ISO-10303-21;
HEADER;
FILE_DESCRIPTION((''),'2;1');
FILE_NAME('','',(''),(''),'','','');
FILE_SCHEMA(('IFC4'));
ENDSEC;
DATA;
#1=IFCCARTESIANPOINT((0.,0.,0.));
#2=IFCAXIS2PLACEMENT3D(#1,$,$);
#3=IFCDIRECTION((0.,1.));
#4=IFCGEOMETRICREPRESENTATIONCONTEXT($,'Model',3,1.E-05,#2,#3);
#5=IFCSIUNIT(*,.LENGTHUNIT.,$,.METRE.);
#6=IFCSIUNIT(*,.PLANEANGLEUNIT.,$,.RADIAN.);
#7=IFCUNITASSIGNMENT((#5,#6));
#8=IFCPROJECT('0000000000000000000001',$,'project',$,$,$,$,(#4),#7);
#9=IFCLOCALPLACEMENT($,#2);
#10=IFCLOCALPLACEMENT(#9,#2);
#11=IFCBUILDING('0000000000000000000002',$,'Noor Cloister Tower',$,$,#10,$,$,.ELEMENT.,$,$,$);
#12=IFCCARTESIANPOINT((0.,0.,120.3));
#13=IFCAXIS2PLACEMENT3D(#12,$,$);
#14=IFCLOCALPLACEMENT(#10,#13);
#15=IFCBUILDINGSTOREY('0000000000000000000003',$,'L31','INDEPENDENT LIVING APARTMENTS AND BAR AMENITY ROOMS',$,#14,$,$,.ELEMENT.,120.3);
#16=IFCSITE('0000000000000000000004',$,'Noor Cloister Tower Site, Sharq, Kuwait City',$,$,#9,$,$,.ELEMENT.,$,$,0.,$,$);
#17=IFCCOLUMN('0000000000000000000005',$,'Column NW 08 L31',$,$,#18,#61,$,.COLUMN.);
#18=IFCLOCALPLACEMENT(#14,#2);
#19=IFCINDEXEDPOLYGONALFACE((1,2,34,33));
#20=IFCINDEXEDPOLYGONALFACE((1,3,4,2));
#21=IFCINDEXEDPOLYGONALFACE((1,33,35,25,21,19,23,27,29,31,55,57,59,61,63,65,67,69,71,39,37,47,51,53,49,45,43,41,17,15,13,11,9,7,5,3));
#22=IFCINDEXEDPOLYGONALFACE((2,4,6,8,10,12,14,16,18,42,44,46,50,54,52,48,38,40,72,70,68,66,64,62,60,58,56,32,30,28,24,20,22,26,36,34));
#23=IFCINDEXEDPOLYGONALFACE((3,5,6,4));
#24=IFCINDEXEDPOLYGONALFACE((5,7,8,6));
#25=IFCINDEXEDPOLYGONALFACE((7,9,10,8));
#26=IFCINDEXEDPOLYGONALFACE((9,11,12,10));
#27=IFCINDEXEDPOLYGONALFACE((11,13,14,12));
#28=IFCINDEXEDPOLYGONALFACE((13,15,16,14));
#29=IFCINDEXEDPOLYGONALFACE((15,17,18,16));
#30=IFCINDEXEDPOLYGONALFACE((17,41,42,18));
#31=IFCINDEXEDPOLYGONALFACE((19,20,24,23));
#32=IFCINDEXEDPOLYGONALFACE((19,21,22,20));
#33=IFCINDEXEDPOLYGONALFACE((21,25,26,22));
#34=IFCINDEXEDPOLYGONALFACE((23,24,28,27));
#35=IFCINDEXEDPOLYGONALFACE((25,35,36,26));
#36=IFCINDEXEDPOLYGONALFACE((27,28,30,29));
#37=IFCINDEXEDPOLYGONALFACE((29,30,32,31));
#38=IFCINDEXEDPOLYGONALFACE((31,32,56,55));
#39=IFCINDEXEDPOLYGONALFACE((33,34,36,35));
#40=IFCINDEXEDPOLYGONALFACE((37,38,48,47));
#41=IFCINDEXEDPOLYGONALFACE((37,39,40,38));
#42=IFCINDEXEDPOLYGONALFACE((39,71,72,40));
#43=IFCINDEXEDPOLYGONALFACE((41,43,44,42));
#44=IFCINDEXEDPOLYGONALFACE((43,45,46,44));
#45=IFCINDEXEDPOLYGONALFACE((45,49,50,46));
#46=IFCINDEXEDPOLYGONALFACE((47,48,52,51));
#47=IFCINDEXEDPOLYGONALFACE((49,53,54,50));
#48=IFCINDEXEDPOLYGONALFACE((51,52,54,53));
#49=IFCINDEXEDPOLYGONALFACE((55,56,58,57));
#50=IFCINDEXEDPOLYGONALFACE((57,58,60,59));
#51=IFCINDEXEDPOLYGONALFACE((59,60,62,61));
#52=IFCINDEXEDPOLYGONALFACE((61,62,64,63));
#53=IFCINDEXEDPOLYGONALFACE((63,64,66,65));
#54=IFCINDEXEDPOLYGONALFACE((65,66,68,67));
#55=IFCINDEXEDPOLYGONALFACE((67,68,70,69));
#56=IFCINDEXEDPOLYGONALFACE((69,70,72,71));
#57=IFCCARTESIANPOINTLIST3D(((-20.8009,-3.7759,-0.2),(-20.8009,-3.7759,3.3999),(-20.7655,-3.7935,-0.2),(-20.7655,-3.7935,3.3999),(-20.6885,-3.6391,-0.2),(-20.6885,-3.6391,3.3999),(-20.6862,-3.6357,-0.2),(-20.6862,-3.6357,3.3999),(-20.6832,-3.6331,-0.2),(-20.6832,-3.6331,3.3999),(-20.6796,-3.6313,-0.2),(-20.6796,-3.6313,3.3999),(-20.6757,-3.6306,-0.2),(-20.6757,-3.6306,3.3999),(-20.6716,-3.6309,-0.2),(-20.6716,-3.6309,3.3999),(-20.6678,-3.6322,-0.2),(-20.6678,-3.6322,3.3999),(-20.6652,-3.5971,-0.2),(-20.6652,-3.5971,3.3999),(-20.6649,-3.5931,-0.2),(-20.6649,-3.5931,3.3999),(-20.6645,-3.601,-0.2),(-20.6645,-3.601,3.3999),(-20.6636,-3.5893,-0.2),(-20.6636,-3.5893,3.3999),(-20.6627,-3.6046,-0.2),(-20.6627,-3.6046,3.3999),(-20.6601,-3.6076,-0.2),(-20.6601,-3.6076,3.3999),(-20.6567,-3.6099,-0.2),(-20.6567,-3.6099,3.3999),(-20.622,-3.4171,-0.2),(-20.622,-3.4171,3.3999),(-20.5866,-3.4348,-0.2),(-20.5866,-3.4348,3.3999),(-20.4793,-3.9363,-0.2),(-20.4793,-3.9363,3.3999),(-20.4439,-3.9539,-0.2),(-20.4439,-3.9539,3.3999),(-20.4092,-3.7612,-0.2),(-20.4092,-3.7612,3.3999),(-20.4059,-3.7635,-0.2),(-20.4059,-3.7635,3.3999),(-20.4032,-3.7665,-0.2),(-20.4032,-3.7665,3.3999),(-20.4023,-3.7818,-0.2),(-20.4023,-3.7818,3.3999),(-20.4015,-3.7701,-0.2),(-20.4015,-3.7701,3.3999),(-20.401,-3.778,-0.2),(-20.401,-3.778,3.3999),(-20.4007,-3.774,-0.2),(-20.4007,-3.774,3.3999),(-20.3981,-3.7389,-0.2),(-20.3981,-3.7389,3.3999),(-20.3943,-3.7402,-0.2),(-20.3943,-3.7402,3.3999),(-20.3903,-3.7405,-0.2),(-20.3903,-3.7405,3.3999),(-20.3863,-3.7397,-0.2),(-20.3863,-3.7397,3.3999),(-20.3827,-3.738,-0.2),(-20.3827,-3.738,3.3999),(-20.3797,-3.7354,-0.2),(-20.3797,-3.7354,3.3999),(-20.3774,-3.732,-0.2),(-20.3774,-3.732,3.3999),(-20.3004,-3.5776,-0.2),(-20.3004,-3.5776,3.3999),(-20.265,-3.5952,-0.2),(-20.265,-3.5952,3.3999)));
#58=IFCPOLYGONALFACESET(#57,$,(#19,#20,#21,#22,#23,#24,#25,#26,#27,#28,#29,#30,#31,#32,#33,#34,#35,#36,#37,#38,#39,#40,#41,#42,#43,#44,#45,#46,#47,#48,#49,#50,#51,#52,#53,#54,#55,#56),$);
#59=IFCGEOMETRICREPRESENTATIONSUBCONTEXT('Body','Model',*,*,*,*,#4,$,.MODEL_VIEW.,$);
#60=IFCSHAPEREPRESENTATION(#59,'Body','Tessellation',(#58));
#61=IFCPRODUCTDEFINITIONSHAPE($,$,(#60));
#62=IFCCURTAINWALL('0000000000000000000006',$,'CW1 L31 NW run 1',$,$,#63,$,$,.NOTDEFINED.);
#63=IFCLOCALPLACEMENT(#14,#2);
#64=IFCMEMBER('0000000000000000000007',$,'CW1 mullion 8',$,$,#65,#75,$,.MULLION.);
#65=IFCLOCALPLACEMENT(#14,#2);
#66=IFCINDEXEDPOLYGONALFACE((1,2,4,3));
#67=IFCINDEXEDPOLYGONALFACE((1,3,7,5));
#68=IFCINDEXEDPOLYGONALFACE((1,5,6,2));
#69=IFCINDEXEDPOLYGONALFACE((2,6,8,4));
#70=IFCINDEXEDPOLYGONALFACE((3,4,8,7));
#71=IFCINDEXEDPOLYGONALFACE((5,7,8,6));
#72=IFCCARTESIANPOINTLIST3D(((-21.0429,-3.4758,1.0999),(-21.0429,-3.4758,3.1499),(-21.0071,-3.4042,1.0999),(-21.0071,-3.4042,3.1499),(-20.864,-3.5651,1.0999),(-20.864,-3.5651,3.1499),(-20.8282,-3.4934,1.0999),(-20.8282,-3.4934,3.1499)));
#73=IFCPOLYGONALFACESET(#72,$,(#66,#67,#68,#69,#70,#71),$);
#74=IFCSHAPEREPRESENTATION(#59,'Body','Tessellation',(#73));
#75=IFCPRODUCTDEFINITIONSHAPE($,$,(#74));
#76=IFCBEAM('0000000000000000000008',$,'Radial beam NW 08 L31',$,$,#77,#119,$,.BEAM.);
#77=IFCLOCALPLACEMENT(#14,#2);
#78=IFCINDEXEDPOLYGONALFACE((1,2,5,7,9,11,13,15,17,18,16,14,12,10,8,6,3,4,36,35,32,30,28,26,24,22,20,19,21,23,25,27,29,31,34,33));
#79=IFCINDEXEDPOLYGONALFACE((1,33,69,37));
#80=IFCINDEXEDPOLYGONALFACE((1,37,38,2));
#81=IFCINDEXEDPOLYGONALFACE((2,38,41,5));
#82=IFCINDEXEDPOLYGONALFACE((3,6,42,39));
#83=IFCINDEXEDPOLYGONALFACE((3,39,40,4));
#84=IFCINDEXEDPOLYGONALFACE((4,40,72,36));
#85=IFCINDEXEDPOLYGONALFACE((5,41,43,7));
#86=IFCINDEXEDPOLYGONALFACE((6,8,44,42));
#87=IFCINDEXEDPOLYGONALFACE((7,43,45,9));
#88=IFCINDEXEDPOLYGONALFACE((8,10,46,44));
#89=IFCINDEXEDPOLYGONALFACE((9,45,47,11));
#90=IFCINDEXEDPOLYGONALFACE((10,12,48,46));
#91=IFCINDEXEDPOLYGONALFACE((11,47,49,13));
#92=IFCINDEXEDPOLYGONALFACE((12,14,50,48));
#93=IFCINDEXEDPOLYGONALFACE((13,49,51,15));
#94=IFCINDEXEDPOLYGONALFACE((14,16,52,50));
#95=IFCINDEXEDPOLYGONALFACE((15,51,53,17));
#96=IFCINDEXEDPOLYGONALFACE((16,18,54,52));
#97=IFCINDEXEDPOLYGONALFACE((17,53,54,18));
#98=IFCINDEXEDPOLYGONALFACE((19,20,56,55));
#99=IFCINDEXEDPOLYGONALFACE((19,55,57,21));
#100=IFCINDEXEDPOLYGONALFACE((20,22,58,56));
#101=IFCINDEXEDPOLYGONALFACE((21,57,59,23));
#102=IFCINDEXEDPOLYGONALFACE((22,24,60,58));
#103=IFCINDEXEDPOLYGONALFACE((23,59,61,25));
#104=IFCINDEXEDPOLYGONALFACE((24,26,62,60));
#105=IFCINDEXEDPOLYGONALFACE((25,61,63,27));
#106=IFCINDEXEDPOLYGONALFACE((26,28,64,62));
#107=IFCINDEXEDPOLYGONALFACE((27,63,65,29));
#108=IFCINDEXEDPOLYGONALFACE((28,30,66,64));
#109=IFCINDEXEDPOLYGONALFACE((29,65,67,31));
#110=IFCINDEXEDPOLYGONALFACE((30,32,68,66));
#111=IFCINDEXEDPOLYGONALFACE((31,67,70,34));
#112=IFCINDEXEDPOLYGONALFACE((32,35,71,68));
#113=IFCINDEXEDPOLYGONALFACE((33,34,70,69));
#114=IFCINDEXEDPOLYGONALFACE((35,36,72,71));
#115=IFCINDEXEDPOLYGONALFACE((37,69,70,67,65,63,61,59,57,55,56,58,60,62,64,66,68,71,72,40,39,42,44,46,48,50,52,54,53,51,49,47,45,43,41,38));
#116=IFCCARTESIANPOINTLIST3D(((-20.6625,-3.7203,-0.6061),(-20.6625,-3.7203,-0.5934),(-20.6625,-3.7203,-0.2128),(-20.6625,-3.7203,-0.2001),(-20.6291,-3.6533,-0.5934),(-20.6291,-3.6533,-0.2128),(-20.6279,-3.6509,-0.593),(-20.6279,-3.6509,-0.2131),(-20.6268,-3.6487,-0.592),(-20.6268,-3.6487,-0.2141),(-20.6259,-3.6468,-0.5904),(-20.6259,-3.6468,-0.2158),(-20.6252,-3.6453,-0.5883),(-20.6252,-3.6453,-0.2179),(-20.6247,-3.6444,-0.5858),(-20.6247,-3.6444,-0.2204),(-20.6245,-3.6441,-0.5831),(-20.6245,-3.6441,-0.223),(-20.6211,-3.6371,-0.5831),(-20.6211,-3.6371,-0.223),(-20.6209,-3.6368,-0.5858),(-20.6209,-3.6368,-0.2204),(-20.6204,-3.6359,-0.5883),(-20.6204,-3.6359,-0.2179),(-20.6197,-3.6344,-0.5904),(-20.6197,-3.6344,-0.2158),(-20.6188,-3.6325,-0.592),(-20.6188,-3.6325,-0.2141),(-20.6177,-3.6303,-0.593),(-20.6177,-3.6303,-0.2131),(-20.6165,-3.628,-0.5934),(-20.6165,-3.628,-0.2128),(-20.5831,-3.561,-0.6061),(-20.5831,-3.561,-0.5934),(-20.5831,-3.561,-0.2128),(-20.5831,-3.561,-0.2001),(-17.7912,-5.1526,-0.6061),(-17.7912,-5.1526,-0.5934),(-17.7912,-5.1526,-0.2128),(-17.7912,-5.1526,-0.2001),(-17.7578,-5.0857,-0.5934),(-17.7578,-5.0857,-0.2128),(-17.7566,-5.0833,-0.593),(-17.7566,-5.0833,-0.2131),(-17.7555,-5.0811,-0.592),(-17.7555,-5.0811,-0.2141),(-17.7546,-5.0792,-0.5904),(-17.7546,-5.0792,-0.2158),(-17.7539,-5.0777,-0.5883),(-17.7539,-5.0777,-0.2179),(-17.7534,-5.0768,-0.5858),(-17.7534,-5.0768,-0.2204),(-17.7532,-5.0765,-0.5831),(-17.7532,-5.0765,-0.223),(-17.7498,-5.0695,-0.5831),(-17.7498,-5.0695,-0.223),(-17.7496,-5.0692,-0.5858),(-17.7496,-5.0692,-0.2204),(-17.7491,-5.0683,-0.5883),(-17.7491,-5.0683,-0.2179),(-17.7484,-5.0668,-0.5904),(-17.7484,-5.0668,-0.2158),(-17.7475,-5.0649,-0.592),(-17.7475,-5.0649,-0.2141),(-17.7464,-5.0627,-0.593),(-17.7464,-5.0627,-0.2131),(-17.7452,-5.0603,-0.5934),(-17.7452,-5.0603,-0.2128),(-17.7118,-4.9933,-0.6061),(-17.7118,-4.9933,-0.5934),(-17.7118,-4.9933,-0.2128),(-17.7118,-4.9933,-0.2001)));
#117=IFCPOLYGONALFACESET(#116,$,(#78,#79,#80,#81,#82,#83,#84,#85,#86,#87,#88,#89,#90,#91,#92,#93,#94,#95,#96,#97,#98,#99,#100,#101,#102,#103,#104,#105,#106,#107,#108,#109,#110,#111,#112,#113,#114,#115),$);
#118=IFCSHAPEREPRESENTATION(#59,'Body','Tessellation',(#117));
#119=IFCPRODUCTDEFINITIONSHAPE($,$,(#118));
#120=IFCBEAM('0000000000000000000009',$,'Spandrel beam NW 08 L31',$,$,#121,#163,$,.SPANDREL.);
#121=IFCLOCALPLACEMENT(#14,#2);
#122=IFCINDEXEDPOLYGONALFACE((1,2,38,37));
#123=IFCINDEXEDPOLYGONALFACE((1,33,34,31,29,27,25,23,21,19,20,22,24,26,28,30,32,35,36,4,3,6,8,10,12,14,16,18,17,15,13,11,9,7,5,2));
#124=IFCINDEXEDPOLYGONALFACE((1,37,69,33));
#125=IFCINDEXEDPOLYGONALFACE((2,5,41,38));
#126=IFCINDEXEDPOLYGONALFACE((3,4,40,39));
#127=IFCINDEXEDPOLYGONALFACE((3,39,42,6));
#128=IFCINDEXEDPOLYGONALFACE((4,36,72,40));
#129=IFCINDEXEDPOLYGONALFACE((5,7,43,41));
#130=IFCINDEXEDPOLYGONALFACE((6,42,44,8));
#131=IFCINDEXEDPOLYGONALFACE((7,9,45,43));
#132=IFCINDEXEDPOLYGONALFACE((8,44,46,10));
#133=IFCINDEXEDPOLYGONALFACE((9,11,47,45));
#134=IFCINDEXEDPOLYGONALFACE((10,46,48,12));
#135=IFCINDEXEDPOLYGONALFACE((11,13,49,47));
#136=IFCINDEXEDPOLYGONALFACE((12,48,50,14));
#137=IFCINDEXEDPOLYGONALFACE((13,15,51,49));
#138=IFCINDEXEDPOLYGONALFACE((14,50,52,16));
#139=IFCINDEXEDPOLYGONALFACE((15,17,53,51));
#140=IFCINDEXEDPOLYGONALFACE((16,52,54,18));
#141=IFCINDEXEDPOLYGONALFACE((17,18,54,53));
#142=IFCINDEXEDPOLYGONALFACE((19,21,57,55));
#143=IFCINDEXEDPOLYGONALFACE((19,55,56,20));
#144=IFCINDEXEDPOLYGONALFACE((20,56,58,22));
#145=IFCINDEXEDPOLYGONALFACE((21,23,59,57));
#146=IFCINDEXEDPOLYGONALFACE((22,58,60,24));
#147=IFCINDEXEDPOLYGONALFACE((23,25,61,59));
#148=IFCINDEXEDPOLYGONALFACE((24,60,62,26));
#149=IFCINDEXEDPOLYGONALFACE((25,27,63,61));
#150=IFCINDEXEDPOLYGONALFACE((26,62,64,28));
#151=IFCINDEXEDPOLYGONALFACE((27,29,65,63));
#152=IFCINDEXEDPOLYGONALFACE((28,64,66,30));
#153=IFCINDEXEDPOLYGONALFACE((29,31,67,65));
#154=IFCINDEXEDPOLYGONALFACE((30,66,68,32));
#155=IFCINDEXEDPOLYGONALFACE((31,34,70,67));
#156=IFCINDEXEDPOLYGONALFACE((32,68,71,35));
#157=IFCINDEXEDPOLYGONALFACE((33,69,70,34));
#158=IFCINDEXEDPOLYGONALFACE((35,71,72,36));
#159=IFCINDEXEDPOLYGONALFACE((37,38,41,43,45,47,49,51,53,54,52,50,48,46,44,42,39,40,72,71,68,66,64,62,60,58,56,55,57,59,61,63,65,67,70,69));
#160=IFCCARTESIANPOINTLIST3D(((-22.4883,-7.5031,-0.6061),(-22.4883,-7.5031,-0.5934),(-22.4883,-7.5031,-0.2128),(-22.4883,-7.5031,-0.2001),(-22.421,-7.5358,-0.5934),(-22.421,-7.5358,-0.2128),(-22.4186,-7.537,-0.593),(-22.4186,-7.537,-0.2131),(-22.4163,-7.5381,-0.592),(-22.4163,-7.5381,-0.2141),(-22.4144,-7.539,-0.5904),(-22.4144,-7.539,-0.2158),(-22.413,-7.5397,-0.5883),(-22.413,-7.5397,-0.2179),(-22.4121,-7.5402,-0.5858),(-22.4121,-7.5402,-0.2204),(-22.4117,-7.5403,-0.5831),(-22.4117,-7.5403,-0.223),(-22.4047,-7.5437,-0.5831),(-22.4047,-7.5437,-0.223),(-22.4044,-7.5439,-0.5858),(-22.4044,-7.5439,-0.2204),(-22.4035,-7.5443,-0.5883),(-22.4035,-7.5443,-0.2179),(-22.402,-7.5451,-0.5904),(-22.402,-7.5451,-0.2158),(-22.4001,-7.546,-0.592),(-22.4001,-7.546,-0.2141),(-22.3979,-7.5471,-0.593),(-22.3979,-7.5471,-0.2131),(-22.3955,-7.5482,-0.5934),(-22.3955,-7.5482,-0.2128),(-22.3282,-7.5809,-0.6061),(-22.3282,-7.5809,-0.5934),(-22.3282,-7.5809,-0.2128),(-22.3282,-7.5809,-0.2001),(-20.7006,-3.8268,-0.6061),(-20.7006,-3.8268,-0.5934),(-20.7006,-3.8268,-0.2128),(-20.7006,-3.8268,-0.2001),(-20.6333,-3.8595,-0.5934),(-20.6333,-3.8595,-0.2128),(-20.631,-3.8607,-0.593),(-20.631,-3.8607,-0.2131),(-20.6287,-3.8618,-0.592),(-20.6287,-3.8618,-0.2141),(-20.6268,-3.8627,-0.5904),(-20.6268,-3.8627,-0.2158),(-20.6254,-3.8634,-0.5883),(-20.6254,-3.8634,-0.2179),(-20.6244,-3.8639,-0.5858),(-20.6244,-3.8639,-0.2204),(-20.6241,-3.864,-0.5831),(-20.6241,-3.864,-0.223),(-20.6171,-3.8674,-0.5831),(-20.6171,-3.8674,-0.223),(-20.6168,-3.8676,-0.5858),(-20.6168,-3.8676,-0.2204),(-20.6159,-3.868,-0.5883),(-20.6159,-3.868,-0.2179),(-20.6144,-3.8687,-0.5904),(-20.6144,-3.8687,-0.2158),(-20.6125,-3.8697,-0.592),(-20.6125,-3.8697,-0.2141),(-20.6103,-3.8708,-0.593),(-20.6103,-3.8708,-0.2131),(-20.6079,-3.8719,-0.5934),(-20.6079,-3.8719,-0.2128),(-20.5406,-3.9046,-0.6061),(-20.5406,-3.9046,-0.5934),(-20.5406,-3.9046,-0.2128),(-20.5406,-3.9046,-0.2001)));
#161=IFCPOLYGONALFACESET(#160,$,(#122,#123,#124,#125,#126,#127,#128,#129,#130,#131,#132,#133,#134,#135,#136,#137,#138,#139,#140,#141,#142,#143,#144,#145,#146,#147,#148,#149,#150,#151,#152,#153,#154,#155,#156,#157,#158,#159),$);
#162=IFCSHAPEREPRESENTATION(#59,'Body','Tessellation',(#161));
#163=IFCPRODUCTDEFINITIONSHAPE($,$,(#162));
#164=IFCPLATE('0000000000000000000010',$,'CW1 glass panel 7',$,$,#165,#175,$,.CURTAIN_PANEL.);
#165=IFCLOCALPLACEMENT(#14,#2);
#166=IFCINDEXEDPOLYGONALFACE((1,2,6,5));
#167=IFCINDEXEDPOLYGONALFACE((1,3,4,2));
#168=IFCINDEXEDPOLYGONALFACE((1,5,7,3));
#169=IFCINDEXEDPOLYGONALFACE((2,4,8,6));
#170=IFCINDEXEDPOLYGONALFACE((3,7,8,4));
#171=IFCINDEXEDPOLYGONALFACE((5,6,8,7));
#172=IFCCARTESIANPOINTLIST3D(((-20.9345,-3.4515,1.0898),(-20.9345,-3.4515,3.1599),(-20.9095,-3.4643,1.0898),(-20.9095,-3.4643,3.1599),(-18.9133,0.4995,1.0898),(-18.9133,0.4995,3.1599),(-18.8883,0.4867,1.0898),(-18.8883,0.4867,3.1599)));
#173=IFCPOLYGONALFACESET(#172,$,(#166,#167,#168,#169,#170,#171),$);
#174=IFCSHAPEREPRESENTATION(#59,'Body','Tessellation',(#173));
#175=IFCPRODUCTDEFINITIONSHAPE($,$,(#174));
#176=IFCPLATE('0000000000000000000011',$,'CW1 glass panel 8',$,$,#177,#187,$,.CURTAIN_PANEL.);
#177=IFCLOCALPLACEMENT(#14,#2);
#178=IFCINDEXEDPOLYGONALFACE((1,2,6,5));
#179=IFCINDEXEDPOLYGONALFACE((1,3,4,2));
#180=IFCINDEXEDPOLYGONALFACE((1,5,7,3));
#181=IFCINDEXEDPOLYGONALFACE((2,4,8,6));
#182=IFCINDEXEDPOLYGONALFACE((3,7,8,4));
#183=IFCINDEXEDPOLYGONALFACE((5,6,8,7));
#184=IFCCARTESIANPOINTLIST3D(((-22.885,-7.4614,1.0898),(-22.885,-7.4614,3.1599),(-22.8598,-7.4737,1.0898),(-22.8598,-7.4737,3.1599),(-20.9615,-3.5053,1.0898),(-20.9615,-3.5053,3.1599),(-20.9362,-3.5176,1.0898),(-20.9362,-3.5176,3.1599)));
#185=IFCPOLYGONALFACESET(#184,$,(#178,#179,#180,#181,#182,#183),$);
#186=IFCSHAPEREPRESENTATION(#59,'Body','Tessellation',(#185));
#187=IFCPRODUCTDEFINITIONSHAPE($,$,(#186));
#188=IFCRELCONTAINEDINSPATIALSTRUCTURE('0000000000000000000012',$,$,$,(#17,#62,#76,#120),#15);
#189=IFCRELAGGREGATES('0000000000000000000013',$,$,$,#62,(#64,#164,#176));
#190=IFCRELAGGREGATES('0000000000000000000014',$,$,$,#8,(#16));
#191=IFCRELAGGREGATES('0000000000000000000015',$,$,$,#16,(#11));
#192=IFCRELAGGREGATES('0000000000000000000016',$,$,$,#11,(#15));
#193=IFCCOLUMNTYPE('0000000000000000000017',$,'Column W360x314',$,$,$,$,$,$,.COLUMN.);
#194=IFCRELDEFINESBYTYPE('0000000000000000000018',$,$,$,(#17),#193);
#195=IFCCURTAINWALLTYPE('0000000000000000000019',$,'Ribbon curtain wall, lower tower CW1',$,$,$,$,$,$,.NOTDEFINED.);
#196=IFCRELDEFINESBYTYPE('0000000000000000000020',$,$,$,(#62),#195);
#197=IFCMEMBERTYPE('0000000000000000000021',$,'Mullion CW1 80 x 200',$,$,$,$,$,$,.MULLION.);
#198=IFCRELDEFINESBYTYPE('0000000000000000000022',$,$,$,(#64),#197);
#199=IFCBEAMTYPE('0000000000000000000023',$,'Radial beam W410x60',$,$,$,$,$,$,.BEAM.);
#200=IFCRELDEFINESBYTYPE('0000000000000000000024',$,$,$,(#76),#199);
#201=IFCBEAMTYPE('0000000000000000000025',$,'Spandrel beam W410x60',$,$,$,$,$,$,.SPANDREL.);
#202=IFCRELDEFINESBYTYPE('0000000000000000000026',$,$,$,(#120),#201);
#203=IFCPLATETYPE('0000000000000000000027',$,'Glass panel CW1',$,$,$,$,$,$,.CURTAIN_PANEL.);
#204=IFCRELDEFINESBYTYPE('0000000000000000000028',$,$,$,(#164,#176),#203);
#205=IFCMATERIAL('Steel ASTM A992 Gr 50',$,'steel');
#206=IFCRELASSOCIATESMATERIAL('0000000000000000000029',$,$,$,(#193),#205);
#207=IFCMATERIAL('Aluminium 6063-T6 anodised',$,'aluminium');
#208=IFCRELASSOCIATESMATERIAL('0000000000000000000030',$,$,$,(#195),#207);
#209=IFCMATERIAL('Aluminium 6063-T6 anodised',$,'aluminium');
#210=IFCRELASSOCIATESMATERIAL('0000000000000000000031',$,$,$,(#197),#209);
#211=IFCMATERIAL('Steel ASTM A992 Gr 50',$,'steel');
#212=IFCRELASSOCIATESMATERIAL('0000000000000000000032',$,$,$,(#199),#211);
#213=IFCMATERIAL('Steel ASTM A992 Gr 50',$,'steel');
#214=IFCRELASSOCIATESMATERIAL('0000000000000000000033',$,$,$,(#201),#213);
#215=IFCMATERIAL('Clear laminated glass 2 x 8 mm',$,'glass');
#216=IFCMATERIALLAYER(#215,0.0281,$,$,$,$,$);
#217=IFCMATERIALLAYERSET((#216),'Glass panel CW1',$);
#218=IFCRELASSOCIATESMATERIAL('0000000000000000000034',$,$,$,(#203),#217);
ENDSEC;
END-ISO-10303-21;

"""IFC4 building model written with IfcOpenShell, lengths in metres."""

from ifc_helpers import new_model, si_unit, direction, frame, origin, origin_2d, place, context, subcontext, project, spatial, rectangle, i_section, extrude, material, layer, layer_set, material_profile, profile_set, type_object, element, aggregate, save


model = new_model("IFC4")

# Units and contexts
model_context = context("Model", 3, precision=1e-05, world=origin(), true_north=direction((0.0, 1.0)))
body_context = subcontext(model_context, "Body", "Model", "MODEL_VIEW")
ifc_project = project(units=[si_unit("LENGTHUNIT", "METRE"), si_unit("PLANEANGLEUNIT", "RADIAN")], contexts=[model_context])

# Site, building, storey
site_placement = place(None, origin())
site = spatial("IfcSite", under=ifc_project, at=site_placement, Name="Noor Cloister Tower Site, Sharq, Kuwait City", CompositionType="ELEMENT", RefElevation=0.0)
building_placement = place(site_placement, origin())
building = spatial("IfcBuilding", under=site, at=building_placement, Name="Noor Cloister Tower", CompositionType="ELEMENT")
storey_placement = place(building_placement, frame((0.0, 0.0, 120.3)))
storey = spatial("IfcBuildingStorey", under=building, at=storey_placement, Name="L31", Description="INDEPENDENT LIVING APARTMENTS AND BAR AMENITY ROOMS", CompositionType="ELEMENT", Elevation=120.3)

# Column
ifc_material_1 = material(Name="Steel ASTM A992 Gr 50", Category="steel")
ifc_material_profile_1 = material_profile(ifc_material_1, i_section(OverallWidth=0.4009, OverallDepth=0.3989, WebThickness=0.0249, FlangeThickness=0.0396, FilletRadius=0.0154, at=origin_2d()), Name="W360x314")
ifc_profile_set_1 = profile_set([ifc_material_profile_1], Name="Steel ASTM A992 Gr 50")
column_type = type_object("IfcColumnType", Name="Column W360x314", PredefinedType="COLUMN", material=ifc_profile_set_1)
column_placement = place(storey_placement, frame((-20.533, -3.6855, -0.2), z_axis=(0.0, 0.0, 1.0), x_axis=(-0.446379, -0.894844, 0.0)))
element("IfcColumn", 1, at=column_placement, inside=storey, type_object=column_type, Name="Column NW 08 L31", PredefinedType="COLUMN", context=body_context, shape_type="SweptSolid", body=[
    extrude(i_section(OverallWidth=0.4009, OverallDepth=0.3989, WebThickness=0.0249, FlangeThickness=0.0396, FilletRadius=0.0154, at=origin_2d()), origin(), (0.0, 0.0, 1.0), 3.5999),
])

# Curtain wall, member
ifc_material_2 = material(Name="Aluminium 6063-T6 anodised", Category="aluminium")
curtain_wall_type = type_object("IfcCurtainWallType", Name="Ribbon curtain wall, lower tower CW1", PredefinedType="NOTDEFINED", material=ifc_material_2)
curtain_wall_placement = place(storey_placement, origin())
curtain_wall = element("IfcCurtainWall", 2, at=curtain_wall_placement, inside=storey, type_object=curtain_wall_type, Name="CW1 L31 NW run 1", PredefinedType="NOTDEFINED")
ifc_material_3 = material(Name="Aluminium 6063-T6 anodised", Category="aluminium")
ifc_material_profile_2 = material_profile(ifc_material_3, rectangle(XDim=0.2, YDim=0.0801, at=origin_2d()), Name="200 x 80 mullion")
ifc_profile_set_2 = profile_set([ifc_material_profile_2], Name="Aluminium 6063-T6 anodised")
member_type = type_object("IfcMemberType", Name="Mullion CW1 80 x 200", PredefinedType="MULLION", material=ifc_profile_set_2)
member_placement = place(storey_placement, frame((-20.9355, -3.4846, 1.0999), z_axis=(0.0, 0.0, 1.0), x_axis=(0.894844, -0.446379, 0.0)))
member = element("IfcMember", 3, at=member_placement, type_object=member_type, Name="CW1 mullion 8", PredefinedType="MULLION", context=body_context, shape_type="SweptSolid", body=[
    extrude(rectangle(XDim=0.2, YDim=0.0801, at=origin_2d()), origin(), (0.0, 0.0, 1.0), 2.05),
])

# Beams
ifc_material_4 = material(Name="Steel ASTM A992 Gr 50", Category="steel")
ifc_material_profile_3 = material_profile(ifc_material_4, i_section(OverallWidth=0.178, OverallDepth=0.406, WebThickness=0.0078, FlangeThickness=0.0127, FilletRadius=0.0103, at=origin_2d()), Name="W410x60")
ifc_profile_set_3 = profile_set([ifc_material_profile_3], Name="Steel ASTM A992 Gr 50")
beam_type_1 = type_object("IfcBeamType", Name="Radial beam W410x60", PredefinedType="BEAM", material=ifc_profile_set_3)
beam_1_placement = place(storey_placement, frame((-20.6228, -3.6406, -0.4031), z_axis=(0.894838, -0.446392, 0.0), x_axis=(0.446392, 0.894838, 0.0)))
element("IfcBeam", 4, at=beam_1_placement, inside=storey, type_object=beam_type_1, Name="Radial beam NW 08 L31", PredefinedType="BEAM", context=body_context, shape_type="SweptSolid", body=[
    extrude(i_section(OverallWidth=0.178, OverallDepth=0.406, WebThickness=0.0078, FlangeThickness=0.0127, FilletRadius=0.0103, at=origin_2d()), origin(), (0.0, 0.0, 1.0), 3.2087),
])
ifc_material_5 = material(Name="Steel ASTM A992 Gr 50", Category="steel")
ifc_material_profile_4 = material_profile(ifc_material_5, i_section(OverallWidth=0.178, OverallDepth=0.406, WebThickness=0.0078, FlangeThickness=0.0127, FilletRadius=0.0103, at=origin_2d()), Name="W410x60")
ifc_profile_set_4 = profile_set([ifc_material_profile_4], Name="Steel ASTM A992 Gr 50")
beam_type_2 = type_object("IfcBeamType", Name="Spandrel beam W410x60", PredefinedType="SPANDREL", material=ifc_profile_set_4)
beam_2_placement = place(storey_placement, frame((-20.6206, -3.8657, -0.4031), z_axis=(-0.437296, -0.899318, 0.0), x_axis=(0.899318, -0.437296, 0.0)))
element("IfcBeam", 5, at=beam_2_placement, inside=storey, type_object=beam_type_2, Name="Spandrel beam NW 08 L31", PredefinedType="SPANDREL", context=body_context, shape_type="SweptSolid", body=[
    extrude(i_section(OverallWidth=0.178, OverallDepth=0.406, WebThickness=0.0078, FlangeThickness=0.0127, FilletRadius=0.0103, at=origin_2d()), origin(), (0.0, 0.0, 1.0), 4.0879),
])

# Plates
ifc_material_6 = material(Name="Clear laminated glass 2 x 8 mm", Category="glass")
ifc_layer_1 = layer(ifc_material_6, 0.0281)
ifc_layer_set_1 = layer_set([ifc_layer_1], Name="Glass panel CW1")
plate_type = type_object("IfcPlateType", Name="Glass panel CW1", PredefinedType="CURTAIN_PANEL", material=ifc_layer_set_1)
plate_1_placement = place(storey_placement, frame((-19.9114, -1.4824, 1.0898), z_axis=(0.0, 0.0, 1.0), x_axis=(-0.455436, -0.890269, 0.0)))
plate_1 = element("IfcPlate", 6, at=plate_1_placement, type_object=plate_type, Name="CW1 glass panel 7", PredefinedType="CURTAIN_PANEL", context=body_context, shape_type="SweptSolid", body=[
    extrude(rectangle(XDim=4.438, YDim=0.0281, at=origin_2d()), origin(), (0.0, 0.0, 1.0), 2.0701),
])
plate_2_placement = place(storey_placement, frame((-21.9106, -5.4895, 1.0898), z_axis=(0.0, 0.0, 1.0), x_axis=(-0.437276, -0.899328, 0.0)))
plate_2 = element("IfcPlate", 7, at=plate_2_placement, type_object=plate_type, Name="CW1 glass panel 8", PredefinedType="CURTAIN_PANEL", context=body_context, shape_type="SweptSolid", body=[
    extrude(rectangle(XDim=4.3989, YDim=0.0281, at=origin_2d()), origin(), (0.0, 0.0, 1.0), 2.0701),
])
aggregate(curtain_wall, [member, plate_1, plate_2])

save(model, "model.ifc")
